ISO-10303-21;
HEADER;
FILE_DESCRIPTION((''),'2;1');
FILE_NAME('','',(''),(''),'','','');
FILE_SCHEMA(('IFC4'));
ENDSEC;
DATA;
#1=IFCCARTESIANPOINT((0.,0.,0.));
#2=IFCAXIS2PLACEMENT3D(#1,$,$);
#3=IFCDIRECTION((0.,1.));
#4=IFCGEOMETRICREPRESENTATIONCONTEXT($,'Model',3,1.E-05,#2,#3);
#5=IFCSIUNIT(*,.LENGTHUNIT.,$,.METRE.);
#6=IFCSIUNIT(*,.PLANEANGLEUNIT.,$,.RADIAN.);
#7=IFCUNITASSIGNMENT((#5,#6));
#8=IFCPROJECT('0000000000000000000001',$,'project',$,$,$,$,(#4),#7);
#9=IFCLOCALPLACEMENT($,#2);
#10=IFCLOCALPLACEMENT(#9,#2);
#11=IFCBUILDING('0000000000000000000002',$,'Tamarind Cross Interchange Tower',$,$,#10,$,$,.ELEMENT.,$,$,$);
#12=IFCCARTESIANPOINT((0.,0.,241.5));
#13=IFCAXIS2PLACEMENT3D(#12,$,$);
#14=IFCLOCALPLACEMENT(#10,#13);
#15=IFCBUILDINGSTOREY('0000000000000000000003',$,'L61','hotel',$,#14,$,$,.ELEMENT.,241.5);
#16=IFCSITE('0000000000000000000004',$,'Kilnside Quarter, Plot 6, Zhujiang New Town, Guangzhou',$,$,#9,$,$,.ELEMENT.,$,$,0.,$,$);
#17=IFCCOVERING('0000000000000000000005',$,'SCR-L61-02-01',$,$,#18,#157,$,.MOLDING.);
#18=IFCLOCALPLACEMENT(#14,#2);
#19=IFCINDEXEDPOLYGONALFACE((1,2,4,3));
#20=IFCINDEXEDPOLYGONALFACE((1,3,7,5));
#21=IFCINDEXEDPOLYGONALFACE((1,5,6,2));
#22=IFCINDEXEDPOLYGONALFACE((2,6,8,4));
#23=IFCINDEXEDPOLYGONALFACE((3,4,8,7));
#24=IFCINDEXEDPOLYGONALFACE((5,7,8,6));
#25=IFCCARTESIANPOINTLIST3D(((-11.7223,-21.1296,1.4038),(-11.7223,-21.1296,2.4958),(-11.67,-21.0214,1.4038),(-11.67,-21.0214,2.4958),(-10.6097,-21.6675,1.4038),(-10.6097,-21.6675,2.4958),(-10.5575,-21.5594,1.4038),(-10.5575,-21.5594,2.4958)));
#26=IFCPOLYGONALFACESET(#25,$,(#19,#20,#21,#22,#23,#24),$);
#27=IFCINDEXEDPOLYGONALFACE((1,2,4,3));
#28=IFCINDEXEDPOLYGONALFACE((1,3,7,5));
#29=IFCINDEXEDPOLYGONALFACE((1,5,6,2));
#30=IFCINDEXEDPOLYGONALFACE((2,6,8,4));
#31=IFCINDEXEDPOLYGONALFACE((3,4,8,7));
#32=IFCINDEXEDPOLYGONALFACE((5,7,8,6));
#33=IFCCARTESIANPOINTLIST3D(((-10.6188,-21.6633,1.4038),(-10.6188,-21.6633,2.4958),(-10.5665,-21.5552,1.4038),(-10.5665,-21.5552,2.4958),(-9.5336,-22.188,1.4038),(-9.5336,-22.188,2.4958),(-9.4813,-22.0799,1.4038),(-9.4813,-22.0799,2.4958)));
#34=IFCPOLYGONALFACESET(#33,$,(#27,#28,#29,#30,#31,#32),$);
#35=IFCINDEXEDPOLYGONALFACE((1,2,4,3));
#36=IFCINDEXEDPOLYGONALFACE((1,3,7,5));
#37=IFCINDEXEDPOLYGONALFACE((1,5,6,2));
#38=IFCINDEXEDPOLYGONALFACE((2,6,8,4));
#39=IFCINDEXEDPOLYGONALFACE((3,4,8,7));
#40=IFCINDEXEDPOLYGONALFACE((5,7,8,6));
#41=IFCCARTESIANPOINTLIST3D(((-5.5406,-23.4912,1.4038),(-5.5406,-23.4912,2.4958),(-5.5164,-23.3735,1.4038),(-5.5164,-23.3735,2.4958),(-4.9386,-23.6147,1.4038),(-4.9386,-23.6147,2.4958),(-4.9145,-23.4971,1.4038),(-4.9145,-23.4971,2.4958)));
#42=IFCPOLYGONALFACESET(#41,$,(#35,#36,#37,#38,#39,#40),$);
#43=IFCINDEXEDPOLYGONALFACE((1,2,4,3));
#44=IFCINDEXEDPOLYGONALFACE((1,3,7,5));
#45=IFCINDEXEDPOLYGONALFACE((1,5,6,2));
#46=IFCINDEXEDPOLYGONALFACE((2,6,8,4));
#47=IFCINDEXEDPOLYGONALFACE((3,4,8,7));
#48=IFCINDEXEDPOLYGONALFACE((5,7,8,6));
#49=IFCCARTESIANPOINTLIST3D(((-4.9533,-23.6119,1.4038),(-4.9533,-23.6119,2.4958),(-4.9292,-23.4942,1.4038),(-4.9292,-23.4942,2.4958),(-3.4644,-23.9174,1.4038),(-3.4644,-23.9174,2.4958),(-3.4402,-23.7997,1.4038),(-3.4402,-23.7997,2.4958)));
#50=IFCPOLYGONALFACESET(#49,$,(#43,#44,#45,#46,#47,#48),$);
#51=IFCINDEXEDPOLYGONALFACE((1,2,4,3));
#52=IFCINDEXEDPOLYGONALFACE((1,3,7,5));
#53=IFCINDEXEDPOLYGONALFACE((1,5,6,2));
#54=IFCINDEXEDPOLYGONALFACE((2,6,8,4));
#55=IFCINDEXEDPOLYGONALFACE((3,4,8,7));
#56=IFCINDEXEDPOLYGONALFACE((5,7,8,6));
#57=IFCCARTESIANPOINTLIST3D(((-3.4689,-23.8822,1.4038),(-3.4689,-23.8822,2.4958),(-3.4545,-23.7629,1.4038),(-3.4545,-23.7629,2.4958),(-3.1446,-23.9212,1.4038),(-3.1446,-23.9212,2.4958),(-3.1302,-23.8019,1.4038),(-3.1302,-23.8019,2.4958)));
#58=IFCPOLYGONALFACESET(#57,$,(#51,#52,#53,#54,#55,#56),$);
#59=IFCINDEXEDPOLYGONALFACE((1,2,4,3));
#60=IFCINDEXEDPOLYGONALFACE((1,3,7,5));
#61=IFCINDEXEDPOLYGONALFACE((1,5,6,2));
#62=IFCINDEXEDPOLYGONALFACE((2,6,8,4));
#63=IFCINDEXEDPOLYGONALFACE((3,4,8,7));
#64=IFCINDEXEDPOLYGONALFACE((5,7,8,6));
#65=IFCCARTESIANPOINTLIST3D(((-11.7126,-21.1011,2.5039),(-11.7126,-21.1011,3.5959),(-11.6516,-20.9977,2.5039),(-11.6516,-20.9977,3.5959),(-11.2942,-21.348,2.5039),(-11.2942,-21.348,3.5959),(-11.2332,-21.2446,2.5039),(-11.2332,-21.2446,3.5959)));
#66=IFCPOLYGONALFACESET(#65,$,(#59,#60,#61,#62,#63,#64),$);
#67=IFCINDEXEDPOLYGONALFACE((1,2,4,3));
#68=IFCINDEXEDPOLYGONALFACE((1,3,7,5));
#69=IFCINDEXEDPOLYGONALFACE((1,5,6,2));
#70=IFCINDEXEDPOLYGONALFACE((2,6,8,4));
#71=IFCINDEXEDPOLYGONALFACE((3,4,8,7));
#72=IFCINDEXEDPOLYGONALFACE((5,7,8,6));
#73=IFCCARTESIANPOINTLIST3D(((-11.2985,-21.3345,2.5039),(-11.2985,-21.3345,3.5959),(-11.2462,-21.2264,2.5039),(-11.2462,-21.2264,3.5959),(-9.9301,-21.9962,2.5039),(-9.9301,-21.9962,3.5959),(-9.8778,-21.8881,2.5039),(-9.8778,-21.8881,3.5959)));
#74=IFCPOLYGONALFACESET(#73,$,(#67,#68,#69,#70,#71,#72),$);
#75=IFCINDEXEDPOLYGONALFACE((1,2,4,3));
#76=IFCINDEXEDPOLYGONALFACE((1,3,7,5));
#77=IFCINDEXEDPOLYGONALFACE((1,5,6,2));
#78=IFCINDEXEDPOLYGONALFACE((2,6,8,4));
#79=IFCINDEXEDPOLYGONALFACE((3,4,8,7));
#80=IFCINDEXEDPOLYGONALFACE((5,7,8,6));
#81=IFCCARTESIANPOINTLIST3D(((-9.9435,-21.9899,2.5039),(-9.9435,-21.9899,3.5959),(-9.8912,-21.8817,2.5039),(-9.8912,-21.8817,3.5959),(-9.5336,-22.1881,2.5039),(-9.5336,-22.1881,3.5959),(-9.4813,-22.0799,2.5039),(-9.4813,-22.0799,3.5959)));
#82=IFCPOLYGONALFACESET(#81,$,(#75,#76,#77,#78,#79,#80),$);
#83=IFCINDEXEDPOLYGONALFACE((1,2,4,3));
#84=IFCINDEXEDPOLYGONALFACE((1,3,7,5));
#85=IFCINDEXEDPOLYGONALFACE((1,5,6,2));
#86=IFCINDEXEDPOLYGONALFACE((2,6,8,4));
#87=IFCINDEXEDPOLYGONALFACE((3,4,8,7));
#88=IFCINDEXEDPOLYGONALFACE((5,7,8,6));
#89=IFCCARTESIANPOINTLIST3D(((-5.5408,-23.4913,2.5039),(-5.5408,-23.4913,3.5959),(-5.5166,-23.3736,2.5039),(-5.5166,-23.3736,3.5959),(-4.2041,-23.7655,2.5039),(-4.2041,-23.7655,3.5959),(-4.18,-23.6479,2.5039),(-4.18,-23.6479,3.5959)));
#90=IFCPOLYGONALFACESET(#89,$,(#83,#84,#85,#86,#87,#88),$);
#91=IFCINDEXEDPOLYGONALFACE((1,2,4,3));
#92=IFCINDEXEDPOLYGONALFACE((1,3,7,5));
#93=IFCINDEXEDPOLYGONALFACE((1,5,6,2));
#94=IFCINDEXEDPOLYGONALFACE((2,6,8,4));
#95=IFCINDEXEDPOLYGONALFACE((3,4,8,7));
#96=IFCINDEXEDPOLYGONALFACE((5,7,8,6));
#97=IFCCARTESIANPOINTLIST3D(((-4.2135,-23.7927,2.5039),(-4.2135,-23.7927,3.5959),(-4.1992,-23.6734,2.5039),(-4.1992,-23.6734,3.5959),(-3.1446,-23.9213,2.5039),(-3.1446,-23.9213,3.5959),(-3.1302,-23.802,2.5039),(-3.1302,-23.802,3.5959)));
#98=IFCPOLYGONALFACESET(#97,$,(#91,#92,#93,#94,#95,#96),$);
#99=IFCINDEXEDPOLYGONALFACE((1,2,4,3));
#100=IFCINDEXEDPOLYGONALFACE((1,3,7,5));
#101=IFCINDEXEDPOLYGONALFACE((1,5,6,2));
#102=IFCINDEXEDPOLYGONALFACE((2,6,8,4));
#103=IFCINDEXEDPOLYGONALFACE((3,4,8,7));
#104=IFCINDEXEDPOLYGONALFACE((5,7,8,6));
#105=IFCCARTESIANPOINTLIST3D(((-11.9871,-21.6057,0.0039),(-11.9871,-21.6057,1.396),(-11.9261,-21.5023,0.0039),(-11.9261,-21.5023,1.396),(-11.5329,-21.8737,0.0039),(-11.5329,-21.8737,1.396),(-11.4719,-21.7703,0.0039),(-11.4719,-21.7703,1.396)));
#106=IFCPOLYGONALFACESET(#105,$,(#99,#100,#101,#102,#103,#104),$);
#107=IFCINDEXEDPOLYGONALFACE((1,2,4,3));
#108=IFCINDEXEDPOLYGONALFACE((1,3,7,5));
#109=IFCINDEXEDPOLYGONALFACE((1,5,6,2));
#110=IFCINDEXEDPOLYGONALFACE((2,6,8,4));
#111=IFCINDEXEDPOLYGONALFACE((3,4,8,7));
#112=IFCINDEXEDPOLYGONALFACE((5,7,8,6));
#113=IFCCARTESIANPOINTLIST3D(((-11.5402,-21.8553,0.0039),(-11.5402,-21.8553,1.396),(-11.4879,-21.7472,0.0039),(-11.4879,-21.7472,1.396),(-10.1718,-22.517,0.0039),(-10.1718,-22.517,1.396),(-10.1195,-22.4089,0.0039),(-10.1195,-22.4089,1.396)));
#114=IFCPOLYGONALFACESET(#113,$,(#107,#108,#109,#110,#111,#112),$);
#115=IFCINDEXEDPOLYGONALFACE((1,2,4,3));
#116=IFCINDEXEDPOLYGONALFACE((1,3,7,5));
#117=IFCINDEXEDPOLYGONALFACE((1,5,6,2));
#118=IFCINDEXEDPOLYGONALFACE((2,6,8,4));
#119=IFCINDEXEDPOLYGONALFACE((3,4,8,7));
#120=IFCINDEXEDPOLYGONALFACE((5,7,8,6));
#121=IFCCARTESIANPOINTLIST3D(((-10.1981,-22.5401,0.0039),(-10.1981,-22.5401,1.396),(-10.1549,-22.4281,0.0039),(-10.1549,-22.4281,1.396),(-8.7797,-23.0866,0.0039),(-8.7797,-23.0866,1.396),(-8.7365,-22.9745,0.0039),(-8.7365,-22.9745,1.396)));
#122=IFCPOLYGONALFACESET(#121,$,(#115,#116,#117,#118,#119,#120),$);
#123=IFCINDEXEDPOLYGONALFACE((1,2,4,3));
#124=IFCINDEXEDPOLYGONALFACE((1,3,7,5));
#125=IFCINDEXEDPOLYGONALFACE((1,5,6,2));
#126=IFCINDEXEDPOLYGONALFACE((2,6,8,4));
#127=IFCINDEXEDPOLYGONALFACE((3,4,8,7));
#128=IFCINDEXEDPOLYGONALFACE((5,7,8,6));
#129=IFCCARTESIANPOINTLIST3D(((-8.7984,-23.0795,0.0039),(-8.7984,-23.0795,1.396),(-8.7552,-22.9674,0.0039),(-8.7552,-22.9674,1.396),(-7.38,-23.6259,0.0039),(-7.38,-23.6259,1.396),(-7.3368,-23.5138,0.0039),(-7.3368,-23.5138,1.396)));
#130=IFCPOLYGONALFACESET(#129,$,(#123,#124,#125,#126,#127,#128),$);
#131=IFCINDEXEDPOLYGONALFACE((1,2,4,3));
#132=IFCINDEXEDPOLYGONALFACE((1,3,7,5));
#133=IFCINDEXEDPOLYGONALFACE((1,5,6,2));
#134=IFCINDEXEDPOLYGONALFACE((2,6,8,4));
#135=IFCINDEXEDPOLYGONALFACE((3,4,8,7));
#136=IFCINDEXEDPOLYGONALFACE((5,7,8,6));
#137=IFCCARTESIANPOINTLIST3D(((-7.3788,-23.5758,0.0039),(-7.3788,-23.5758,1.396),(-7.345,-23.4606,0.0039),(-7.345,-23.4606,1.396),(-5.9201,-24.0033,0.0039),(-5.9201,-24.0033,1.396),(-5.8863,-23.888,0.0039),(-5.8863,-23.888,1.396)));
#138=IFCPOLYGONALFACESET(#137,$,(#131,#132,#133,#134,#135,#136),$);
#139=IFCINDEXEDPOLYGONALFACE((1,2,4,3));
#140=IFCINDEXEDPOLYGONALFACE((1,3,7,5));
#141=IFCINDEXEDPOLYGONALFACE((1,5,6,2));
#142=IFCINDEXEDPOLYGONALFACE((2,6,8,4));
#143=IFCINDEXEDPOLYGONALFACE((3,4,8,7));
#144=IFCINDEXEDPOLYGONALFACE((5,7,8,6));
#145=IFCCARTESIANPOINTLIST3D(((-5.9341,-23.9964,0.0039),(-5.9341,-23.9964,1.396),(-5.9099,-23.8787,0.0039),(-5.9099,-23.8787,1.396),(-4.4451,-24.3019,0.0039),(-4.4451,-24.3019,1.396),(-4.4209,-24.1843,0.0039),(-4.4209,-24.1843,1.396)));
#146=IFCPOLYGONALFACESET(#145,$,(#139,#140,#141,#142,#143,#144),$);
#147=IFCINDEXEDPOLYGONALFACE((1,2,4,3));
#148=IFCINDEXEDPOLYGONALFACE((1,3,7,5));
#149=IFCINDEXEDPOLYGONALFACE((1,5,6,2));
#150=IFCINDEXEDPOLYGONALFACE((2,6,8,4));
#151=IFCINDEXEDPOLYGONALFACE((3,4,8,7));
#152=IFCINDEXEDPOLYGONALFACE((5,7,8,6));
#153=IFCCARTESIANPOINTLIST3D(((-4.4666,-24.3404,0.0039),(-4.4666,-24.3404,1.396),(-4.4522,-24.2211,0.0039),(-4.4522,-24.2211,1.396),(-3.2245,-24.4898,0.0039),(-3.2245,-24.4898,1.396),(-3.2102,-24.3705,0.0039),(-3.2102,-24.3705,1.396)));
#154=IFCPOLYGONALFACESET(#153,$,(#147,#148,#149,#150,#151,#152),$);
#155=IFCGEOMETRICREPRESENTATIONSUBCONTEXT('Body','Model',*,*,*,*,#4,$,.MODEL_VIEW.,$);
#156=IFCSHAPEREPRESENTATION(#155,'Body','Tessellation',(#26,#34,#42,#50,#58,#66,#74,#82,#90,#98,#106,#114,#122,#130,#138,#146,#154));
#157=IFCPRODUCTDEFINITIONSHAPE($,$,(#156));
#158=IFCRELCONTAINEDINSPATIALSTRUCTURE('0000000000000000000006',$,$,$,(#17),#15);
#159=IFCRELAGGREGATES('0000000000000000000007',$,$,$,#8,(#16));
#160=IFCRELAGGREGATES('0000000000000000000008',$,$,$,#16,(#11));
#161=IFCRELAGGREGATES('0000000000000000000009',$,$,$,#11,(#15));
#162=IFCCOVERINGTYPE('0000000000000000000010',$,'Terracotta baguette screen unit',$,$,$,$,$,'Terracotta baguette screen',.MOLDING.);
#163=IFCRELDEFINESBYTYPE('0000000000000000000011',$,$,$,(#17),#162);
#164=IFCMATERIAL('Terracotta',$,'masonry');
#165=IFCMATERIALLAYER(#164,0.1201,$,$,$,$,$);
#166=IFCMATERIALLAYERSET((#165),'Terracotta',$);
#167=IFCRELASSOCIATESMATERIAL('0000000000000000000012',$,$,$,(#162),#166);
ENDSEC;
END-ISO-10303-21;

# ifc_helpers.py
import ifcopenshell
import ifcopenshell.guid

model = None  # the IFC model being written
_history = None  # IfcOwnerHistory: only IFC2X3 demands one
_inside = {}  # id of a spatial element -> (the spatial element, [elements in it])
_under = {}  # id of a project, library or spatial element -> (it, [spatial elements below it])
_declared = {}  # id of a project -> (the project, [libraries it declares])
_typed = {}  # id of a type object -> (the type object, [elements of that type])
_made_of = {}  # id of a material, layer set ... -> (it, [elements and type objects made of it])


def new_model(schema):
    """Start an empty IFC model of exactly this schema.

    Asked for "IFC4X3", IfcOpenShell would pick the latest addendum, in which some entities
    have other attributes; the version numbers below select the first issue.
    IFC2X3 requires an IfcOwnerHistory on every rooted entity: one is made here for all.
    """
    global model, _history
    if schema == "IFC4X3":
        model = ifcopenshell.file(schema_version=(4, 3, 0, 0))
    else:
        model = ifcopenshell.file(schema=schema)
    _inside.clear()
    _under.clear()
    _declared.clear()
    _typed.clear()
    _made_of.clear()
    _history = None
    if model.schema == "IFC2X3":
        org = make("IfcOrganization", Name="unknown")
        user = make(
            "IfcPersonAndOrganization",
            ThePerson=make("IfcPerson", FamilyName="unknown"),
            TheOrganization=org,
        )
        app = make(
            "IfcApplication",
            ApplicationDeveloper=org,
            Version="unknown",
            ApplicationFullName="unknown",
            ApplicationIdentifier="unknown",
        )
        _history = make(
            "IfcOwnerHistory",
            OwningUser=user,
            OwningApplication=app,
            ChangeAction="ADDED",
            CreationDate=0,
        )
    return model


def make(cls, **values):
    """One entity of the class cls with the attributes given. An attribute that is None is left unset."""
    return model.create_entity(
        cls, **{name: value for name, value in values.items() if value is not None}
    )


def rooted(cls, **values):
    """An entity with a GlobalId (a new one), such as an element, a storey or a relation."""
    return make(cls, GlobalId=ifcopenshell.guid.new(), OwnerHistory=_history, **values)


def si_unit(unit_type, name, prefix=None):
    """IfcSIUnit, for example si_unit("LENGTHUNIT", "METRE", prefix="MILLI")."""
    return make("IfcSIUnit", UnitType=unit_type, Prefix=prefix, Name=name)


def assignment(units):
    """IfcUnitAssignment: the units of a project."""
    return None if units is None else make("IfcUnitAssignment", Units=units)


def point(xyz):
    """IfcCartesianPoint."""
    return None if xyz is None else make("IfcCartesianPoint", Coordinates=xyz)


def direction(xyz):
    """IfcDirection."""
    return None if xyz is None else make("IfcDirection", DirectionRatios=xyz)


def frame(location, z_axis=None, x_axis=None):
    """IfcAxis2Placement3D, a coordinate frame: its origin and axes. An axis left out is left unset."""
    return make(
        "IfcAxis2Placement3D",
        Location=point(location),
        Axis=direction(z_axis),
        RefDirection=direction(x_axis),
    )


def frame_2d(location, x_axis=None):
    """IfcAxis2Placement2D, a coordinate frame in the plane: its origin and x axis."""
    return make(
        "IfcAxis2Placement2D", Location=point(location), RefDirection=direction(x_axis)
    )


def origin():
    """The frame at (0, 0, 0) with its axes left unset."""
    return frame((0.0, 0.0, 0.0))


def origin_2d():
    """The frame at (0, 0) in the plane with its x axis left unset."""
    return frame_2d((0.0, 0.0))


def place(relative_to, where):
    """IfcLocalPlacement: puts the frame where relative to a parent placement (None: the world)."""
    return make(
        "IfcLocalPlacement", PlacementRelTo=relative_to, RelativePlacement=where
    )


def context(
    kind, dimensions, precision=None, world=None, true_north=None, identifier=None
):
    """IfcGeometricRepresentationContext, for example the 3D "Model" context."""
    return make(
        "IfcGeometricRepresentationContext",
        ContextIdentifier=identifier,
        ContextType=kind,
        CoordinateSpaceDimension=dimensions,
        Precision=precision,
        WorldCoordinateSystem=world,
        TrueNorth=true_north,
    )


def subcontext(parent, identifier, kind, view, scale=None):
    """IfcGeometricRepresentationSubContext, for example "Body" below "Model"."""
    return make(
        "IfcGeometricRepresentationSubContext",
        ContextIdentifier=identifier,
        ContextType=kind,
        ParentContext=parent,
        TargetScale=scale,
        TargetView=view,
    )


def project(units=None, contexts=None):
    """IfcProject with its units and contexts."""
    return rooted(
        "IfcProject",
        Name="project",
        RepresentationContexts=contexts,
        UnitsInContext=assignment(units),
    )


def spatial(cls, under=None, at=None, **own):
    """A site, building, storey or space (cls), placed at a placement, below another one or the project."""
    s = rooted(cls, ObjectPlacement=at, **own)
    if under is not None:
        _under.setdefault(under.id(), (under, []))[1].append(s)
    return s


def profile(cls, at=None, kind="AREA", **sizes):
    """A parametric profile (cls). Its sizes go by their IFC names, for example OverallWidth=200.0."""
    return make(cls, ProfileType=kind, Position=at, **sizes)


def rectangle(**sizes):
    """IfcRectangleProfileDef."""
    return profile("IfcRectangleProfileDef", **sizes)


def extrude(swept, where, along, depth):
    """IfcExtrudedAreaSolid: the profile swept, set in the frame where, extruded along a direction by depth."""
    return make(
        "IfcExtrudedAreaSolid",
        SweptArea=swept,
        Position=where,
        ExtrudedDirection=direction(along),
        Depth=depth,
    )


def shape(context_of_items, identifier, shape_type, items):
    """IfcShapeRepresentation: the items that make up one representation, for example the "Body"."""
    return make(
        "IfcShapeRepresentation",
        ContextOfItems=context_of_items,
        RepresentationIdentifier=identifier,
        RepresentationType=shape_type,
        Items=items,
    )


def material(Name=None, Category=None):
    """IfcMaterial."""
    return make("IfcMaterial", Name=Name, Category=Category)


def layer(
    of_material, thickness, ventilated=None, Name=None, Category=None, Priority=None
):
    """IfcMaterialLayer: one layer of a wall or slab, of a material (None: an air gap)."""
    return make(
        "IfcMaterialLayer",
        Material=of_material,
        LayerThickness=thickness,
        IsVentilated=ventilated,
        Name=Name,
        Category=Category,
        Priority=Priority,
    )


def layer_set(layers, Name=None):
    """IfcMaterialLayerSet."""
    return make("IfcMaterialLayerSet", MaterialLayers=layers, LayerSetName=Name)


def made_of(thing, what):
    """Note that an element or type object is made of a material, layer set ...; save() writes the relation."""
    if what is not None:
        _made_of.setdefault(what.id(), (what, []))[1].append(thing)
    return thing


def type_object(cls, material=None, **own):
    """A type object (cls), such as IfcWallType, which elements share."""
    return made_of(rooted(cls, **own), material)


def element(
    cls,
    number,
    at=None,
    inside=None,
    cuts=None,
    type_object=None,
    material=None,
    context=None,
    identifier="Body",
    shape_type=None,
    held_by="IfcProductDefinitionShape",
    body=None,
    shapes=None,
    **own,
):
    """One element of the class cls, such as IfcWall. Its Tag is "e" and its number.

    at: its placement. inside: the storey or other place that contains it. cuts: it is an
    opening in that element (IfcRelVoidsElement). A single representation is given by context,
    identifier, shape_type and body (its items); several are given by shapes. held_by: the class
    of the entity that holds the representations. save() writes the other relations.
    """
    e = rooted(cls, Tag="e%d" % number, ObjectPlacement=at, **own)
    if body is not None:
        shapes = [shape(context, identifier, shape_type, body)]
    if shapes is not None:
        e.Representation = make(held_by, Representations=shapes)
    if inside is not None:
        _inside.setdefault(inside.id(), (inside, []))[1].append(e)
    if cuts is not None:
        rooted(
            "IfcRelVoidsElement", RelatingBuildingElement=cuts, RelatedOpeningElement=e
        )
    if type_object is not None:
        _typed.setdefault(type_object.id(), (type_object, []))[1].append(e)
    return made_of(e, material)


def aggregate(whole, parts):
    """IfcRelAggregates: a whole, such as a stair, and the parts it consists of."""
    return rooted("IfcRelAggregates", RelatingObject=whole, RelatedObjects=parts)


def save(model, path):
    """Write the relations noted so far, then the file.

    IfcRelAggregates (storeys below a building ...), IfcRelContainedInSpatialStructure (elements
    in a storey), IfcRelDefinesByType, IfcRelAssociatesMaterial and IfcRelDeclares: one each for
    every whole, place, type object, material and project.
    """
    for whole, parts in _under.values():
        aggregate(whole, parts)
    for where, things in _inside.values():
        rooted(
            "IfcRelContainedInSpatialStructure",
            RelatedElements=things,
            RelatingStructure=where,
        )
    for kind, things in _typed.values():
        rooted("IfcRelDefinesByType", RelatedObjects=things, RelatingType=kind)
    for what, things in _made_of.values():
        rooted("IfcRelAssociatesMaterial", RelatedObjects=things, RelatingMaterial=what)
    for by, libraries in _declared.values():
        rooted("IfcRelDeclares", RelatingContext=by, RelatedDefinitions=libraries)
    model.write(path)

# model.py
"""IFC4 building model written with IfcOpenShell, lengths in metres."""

from ifc_helpers import new_model, si_unit, direction, frame, origin, origin_2d, place, context, subcontext, project, spatial, rectangle, extrude, material, layer, layer_set, type_object, element, save


model = new_model("IFC4")

# Units and contexts
model_context = context("Model", 3, precision=1e-05, world=origin(), true_north=direction((0.0, 1.0)))
body_context = subcontext(model_context, "Body", "Model", "MODEL_VIEW")
ifc_project = project(units=[si_unit("LENGTHUNIT", "METRE"), si_unit("PLANEANGLEUNIT", "RADIAN")], contexts=[model_context])

# Site, building, storey
site_placement = place(None, origin())
site = spatial("IfcSite", under=ifc_project, at=site_placement, Name="Kilnside Quarter, Plot 6, Zhujiang New Town, Guangzhou", CompositionType="ELEMENT", RefElevation=0.0)
building_placement = place(site_placement, origin())
building = spatial("IfcBuilding", under=site, at=building_placement, Name="Tamarind Cross Interchange Tower", CompositionType="ELEMENT")
storey_placement = place(building_placement, frame((0.0, 0.0, 241.5)))
storey = spatial("IfcBuildingStorey", under=building, at=storey_placement, Name="L61", Description="hotel", CompositionType="ELEMENT", Elevation=241.5)

# Covering
ifc_material_1 = material(Name="Terracotta", Category="masonry")
ifc_layer_1 = layer(ifc_material_1, 0.1201)
ifc_layer_set_1 = layer_set([ifc_layer_1], Name="Terracotta")
covering_type = type_object("IfcCoveringType", Name="Terracotta baguette screen unit", ElementType="Terracotta baguette screen", PredefinedType="MOLDING", material=ifc_layer_set_1)
covering_1_placement = place(storey_placement, origin())
element("IfcCovering", 1, at=covering_1_placement, inside=storey, type_object=covering_type, Name="SCR-L61-02-01", PredefinedType="MOLDING", context=body_context, shape_type="SweptSolid", body=[
    extrude(rectangle(XDim=1.2358, YDim=0.1201, at=origin_2d()), frame((-11.1399, -21.3445, 1.4038), z_axis=(0.0, 0.0, 1.0), x_axis=(0.900273, -0.435326, 0.0)), (0.0, 0.0, 1.0), 1.092),
    extrude(rectangle(XDim=1.2053, YDim=0.1201, at=origin_2d()), frame((-10.05, -21.8716, 1.4038), z_axis=(0.0, 0.0, 1.0), x_axis=(0.900273, -0.435326, 0.0)), (0.0, 0.0, 1.0), 1.092),
    extrude(rectangle(XDim=0.6145, YDim=0.1201, at=origin_2d()), frame((-5.2275, -23.4941, 1.4038), z_axis=(0.0, 0.0, 1.0), x_axis=(0.979591, -0.201001, 0.0)), (0.0, 0.0, 1.0), 1.092),
    extrude(rectangle(XDim=1.52, YDim=0.1201, at=origin_2d()), frame((-4.1968, -23.7058, 1.4038), z_axis=(0.0, 0.0, 1.0), x_axis=(0.979591, -0.201001, 0.0)), (0.0, 0.0, 1.0), 1.092),
    extrude(rectangle(XDim=0.3267, YDim=0.1201, at=origin_2d()), frame((-3.2996, -23.842, 1.4038), z_axis=(0.0, 0.0, 1.0), x_axis=(0.992844, -0.119421, 0.0)), (0.0, 0.0, 1.0), 1.092),
    extrude(rectangle(XDim=0.4858, YDim=0.1201, at=origin_2d()), frame((-11.4729, -21.1729, 2.5039), z_axis=(0.0, 0.0, 1.0), x_axis=(0.861249, -0.508183, 0.0)), (0.0, 0.0, 1.0), 1.092),
    extrude(rectangle(XDim=1.52, YDim=0.1201, at=origin_2d()), frame((-10.5881, -21.6113, 2.5039), z_axis=(0.0, 0.0, 1.0), x_axis=(0.900273, -0.435326, 0.0)), (0.0, 0.0, 1.0), 1.092),
    extrude(rectangle(XDim=0.4553, YDim=0.1201, at=origin_2d()), frame((-9.7124, -22.0349, 2.5039), z_axis=(0.0, 0.0, 1.0), x_axis=(0.900273, -0.435326, 0.0)), (0.0, 0.0, 1.0), 1.092),
    extrude(rectangle(XDim=1.3645, YDim=0.1201, at=origin_2d()), frame((-4.8604, -23.5696, 2.5039), z_axis=(0.0, 0.0, 1.0), x_axis=(0.979591, -0.201001, 0.0)), (0.0, 0.0, 1.0), 1.092),
    extrude(rectangle(XDim=1.0767, YDim=0.1201, at=origin_2d()), frame((-3.6719, -23.7974, 2.5039), z_axis=(0.0, 0.0, 1.0), x_axis=(0.992844, -0.119421, 0.0)), (0.0, 0.0, 1.0), 1.092),
    extrude(rectangle(XDim=0.5273, YDim=0.1201, at=origin_2d()), frame((-11.7295, -21.688, 0.0039), z_axis=(0.0, 0.0, 1.0), x_axis=(0.861249, -0.508183, 0.0)), (0.0, 0.0, 1.0), 1.3921),
    extrude(rectangle(XDim=1.52, YDim=0.1201, at=origin_2d()), frame((-10.8298, -22.1321, 0.0039), z_axis=(0.0, 0.0, 1.0), x_axis=(0.900273, -0.435326, 0.0)), (0.0, 0.0, 1.0), 1.3921),
    extrude(rectangle(XDim=1.52, YDim=0.1201, at=origin_2d()), frame((-9.4673, -22.7573, 0.0039), z_axis=(0.0, 0.0, 1.0), x_axis=(0.933147, -0.359495, 0.0)), (0.0, 0.0, 1.0), 1.3921),
    extrude(rectangle(XDim=1.52, YDim=0.1201, at=origin_2d()), frame((-8.0676, -23.2966, 0.0039), z_axis=(0.0, 0.0, 1.0), x_axis=(0.933147, -0.359495, 0.0)), (0.0, 0.0, 1.0), 1.3921),
    extrude(rectangle(XDim=1.52, YDim=0.1201, at=origin_2d()), frame((-6.6326, -23.7319, 0.0039), z_axis=(0.0, 0.0, 1.0), x_axis=(0.959647, -0.281209, 0.0)), (0.0, 0.0, 1.0), 1.3921),
    extrude(rectangle(XDim=1.52, YDim=0.1201, at=origin_2d()), frame((-5.1775, -24.0903, 0.0039), z_axis=(0.0, 0.0, 1.0), x_axis=(0.979591, -0.201001, 0.0)), (0.0, 0.0, 1.0), 1.3921),
    extrude(rectangle(XDim=1.251, YDim=0.1201, at=origin_2d()), frame((-3.8384, -24.3555, 0.0039), z_axis=(0.0, 0.0, 1.0), x_axis=(0.992844, -0.119421, 0.0)), (0.0, 0.0, 1.0), 1.3921),
])

save(model, "model.ifc")
